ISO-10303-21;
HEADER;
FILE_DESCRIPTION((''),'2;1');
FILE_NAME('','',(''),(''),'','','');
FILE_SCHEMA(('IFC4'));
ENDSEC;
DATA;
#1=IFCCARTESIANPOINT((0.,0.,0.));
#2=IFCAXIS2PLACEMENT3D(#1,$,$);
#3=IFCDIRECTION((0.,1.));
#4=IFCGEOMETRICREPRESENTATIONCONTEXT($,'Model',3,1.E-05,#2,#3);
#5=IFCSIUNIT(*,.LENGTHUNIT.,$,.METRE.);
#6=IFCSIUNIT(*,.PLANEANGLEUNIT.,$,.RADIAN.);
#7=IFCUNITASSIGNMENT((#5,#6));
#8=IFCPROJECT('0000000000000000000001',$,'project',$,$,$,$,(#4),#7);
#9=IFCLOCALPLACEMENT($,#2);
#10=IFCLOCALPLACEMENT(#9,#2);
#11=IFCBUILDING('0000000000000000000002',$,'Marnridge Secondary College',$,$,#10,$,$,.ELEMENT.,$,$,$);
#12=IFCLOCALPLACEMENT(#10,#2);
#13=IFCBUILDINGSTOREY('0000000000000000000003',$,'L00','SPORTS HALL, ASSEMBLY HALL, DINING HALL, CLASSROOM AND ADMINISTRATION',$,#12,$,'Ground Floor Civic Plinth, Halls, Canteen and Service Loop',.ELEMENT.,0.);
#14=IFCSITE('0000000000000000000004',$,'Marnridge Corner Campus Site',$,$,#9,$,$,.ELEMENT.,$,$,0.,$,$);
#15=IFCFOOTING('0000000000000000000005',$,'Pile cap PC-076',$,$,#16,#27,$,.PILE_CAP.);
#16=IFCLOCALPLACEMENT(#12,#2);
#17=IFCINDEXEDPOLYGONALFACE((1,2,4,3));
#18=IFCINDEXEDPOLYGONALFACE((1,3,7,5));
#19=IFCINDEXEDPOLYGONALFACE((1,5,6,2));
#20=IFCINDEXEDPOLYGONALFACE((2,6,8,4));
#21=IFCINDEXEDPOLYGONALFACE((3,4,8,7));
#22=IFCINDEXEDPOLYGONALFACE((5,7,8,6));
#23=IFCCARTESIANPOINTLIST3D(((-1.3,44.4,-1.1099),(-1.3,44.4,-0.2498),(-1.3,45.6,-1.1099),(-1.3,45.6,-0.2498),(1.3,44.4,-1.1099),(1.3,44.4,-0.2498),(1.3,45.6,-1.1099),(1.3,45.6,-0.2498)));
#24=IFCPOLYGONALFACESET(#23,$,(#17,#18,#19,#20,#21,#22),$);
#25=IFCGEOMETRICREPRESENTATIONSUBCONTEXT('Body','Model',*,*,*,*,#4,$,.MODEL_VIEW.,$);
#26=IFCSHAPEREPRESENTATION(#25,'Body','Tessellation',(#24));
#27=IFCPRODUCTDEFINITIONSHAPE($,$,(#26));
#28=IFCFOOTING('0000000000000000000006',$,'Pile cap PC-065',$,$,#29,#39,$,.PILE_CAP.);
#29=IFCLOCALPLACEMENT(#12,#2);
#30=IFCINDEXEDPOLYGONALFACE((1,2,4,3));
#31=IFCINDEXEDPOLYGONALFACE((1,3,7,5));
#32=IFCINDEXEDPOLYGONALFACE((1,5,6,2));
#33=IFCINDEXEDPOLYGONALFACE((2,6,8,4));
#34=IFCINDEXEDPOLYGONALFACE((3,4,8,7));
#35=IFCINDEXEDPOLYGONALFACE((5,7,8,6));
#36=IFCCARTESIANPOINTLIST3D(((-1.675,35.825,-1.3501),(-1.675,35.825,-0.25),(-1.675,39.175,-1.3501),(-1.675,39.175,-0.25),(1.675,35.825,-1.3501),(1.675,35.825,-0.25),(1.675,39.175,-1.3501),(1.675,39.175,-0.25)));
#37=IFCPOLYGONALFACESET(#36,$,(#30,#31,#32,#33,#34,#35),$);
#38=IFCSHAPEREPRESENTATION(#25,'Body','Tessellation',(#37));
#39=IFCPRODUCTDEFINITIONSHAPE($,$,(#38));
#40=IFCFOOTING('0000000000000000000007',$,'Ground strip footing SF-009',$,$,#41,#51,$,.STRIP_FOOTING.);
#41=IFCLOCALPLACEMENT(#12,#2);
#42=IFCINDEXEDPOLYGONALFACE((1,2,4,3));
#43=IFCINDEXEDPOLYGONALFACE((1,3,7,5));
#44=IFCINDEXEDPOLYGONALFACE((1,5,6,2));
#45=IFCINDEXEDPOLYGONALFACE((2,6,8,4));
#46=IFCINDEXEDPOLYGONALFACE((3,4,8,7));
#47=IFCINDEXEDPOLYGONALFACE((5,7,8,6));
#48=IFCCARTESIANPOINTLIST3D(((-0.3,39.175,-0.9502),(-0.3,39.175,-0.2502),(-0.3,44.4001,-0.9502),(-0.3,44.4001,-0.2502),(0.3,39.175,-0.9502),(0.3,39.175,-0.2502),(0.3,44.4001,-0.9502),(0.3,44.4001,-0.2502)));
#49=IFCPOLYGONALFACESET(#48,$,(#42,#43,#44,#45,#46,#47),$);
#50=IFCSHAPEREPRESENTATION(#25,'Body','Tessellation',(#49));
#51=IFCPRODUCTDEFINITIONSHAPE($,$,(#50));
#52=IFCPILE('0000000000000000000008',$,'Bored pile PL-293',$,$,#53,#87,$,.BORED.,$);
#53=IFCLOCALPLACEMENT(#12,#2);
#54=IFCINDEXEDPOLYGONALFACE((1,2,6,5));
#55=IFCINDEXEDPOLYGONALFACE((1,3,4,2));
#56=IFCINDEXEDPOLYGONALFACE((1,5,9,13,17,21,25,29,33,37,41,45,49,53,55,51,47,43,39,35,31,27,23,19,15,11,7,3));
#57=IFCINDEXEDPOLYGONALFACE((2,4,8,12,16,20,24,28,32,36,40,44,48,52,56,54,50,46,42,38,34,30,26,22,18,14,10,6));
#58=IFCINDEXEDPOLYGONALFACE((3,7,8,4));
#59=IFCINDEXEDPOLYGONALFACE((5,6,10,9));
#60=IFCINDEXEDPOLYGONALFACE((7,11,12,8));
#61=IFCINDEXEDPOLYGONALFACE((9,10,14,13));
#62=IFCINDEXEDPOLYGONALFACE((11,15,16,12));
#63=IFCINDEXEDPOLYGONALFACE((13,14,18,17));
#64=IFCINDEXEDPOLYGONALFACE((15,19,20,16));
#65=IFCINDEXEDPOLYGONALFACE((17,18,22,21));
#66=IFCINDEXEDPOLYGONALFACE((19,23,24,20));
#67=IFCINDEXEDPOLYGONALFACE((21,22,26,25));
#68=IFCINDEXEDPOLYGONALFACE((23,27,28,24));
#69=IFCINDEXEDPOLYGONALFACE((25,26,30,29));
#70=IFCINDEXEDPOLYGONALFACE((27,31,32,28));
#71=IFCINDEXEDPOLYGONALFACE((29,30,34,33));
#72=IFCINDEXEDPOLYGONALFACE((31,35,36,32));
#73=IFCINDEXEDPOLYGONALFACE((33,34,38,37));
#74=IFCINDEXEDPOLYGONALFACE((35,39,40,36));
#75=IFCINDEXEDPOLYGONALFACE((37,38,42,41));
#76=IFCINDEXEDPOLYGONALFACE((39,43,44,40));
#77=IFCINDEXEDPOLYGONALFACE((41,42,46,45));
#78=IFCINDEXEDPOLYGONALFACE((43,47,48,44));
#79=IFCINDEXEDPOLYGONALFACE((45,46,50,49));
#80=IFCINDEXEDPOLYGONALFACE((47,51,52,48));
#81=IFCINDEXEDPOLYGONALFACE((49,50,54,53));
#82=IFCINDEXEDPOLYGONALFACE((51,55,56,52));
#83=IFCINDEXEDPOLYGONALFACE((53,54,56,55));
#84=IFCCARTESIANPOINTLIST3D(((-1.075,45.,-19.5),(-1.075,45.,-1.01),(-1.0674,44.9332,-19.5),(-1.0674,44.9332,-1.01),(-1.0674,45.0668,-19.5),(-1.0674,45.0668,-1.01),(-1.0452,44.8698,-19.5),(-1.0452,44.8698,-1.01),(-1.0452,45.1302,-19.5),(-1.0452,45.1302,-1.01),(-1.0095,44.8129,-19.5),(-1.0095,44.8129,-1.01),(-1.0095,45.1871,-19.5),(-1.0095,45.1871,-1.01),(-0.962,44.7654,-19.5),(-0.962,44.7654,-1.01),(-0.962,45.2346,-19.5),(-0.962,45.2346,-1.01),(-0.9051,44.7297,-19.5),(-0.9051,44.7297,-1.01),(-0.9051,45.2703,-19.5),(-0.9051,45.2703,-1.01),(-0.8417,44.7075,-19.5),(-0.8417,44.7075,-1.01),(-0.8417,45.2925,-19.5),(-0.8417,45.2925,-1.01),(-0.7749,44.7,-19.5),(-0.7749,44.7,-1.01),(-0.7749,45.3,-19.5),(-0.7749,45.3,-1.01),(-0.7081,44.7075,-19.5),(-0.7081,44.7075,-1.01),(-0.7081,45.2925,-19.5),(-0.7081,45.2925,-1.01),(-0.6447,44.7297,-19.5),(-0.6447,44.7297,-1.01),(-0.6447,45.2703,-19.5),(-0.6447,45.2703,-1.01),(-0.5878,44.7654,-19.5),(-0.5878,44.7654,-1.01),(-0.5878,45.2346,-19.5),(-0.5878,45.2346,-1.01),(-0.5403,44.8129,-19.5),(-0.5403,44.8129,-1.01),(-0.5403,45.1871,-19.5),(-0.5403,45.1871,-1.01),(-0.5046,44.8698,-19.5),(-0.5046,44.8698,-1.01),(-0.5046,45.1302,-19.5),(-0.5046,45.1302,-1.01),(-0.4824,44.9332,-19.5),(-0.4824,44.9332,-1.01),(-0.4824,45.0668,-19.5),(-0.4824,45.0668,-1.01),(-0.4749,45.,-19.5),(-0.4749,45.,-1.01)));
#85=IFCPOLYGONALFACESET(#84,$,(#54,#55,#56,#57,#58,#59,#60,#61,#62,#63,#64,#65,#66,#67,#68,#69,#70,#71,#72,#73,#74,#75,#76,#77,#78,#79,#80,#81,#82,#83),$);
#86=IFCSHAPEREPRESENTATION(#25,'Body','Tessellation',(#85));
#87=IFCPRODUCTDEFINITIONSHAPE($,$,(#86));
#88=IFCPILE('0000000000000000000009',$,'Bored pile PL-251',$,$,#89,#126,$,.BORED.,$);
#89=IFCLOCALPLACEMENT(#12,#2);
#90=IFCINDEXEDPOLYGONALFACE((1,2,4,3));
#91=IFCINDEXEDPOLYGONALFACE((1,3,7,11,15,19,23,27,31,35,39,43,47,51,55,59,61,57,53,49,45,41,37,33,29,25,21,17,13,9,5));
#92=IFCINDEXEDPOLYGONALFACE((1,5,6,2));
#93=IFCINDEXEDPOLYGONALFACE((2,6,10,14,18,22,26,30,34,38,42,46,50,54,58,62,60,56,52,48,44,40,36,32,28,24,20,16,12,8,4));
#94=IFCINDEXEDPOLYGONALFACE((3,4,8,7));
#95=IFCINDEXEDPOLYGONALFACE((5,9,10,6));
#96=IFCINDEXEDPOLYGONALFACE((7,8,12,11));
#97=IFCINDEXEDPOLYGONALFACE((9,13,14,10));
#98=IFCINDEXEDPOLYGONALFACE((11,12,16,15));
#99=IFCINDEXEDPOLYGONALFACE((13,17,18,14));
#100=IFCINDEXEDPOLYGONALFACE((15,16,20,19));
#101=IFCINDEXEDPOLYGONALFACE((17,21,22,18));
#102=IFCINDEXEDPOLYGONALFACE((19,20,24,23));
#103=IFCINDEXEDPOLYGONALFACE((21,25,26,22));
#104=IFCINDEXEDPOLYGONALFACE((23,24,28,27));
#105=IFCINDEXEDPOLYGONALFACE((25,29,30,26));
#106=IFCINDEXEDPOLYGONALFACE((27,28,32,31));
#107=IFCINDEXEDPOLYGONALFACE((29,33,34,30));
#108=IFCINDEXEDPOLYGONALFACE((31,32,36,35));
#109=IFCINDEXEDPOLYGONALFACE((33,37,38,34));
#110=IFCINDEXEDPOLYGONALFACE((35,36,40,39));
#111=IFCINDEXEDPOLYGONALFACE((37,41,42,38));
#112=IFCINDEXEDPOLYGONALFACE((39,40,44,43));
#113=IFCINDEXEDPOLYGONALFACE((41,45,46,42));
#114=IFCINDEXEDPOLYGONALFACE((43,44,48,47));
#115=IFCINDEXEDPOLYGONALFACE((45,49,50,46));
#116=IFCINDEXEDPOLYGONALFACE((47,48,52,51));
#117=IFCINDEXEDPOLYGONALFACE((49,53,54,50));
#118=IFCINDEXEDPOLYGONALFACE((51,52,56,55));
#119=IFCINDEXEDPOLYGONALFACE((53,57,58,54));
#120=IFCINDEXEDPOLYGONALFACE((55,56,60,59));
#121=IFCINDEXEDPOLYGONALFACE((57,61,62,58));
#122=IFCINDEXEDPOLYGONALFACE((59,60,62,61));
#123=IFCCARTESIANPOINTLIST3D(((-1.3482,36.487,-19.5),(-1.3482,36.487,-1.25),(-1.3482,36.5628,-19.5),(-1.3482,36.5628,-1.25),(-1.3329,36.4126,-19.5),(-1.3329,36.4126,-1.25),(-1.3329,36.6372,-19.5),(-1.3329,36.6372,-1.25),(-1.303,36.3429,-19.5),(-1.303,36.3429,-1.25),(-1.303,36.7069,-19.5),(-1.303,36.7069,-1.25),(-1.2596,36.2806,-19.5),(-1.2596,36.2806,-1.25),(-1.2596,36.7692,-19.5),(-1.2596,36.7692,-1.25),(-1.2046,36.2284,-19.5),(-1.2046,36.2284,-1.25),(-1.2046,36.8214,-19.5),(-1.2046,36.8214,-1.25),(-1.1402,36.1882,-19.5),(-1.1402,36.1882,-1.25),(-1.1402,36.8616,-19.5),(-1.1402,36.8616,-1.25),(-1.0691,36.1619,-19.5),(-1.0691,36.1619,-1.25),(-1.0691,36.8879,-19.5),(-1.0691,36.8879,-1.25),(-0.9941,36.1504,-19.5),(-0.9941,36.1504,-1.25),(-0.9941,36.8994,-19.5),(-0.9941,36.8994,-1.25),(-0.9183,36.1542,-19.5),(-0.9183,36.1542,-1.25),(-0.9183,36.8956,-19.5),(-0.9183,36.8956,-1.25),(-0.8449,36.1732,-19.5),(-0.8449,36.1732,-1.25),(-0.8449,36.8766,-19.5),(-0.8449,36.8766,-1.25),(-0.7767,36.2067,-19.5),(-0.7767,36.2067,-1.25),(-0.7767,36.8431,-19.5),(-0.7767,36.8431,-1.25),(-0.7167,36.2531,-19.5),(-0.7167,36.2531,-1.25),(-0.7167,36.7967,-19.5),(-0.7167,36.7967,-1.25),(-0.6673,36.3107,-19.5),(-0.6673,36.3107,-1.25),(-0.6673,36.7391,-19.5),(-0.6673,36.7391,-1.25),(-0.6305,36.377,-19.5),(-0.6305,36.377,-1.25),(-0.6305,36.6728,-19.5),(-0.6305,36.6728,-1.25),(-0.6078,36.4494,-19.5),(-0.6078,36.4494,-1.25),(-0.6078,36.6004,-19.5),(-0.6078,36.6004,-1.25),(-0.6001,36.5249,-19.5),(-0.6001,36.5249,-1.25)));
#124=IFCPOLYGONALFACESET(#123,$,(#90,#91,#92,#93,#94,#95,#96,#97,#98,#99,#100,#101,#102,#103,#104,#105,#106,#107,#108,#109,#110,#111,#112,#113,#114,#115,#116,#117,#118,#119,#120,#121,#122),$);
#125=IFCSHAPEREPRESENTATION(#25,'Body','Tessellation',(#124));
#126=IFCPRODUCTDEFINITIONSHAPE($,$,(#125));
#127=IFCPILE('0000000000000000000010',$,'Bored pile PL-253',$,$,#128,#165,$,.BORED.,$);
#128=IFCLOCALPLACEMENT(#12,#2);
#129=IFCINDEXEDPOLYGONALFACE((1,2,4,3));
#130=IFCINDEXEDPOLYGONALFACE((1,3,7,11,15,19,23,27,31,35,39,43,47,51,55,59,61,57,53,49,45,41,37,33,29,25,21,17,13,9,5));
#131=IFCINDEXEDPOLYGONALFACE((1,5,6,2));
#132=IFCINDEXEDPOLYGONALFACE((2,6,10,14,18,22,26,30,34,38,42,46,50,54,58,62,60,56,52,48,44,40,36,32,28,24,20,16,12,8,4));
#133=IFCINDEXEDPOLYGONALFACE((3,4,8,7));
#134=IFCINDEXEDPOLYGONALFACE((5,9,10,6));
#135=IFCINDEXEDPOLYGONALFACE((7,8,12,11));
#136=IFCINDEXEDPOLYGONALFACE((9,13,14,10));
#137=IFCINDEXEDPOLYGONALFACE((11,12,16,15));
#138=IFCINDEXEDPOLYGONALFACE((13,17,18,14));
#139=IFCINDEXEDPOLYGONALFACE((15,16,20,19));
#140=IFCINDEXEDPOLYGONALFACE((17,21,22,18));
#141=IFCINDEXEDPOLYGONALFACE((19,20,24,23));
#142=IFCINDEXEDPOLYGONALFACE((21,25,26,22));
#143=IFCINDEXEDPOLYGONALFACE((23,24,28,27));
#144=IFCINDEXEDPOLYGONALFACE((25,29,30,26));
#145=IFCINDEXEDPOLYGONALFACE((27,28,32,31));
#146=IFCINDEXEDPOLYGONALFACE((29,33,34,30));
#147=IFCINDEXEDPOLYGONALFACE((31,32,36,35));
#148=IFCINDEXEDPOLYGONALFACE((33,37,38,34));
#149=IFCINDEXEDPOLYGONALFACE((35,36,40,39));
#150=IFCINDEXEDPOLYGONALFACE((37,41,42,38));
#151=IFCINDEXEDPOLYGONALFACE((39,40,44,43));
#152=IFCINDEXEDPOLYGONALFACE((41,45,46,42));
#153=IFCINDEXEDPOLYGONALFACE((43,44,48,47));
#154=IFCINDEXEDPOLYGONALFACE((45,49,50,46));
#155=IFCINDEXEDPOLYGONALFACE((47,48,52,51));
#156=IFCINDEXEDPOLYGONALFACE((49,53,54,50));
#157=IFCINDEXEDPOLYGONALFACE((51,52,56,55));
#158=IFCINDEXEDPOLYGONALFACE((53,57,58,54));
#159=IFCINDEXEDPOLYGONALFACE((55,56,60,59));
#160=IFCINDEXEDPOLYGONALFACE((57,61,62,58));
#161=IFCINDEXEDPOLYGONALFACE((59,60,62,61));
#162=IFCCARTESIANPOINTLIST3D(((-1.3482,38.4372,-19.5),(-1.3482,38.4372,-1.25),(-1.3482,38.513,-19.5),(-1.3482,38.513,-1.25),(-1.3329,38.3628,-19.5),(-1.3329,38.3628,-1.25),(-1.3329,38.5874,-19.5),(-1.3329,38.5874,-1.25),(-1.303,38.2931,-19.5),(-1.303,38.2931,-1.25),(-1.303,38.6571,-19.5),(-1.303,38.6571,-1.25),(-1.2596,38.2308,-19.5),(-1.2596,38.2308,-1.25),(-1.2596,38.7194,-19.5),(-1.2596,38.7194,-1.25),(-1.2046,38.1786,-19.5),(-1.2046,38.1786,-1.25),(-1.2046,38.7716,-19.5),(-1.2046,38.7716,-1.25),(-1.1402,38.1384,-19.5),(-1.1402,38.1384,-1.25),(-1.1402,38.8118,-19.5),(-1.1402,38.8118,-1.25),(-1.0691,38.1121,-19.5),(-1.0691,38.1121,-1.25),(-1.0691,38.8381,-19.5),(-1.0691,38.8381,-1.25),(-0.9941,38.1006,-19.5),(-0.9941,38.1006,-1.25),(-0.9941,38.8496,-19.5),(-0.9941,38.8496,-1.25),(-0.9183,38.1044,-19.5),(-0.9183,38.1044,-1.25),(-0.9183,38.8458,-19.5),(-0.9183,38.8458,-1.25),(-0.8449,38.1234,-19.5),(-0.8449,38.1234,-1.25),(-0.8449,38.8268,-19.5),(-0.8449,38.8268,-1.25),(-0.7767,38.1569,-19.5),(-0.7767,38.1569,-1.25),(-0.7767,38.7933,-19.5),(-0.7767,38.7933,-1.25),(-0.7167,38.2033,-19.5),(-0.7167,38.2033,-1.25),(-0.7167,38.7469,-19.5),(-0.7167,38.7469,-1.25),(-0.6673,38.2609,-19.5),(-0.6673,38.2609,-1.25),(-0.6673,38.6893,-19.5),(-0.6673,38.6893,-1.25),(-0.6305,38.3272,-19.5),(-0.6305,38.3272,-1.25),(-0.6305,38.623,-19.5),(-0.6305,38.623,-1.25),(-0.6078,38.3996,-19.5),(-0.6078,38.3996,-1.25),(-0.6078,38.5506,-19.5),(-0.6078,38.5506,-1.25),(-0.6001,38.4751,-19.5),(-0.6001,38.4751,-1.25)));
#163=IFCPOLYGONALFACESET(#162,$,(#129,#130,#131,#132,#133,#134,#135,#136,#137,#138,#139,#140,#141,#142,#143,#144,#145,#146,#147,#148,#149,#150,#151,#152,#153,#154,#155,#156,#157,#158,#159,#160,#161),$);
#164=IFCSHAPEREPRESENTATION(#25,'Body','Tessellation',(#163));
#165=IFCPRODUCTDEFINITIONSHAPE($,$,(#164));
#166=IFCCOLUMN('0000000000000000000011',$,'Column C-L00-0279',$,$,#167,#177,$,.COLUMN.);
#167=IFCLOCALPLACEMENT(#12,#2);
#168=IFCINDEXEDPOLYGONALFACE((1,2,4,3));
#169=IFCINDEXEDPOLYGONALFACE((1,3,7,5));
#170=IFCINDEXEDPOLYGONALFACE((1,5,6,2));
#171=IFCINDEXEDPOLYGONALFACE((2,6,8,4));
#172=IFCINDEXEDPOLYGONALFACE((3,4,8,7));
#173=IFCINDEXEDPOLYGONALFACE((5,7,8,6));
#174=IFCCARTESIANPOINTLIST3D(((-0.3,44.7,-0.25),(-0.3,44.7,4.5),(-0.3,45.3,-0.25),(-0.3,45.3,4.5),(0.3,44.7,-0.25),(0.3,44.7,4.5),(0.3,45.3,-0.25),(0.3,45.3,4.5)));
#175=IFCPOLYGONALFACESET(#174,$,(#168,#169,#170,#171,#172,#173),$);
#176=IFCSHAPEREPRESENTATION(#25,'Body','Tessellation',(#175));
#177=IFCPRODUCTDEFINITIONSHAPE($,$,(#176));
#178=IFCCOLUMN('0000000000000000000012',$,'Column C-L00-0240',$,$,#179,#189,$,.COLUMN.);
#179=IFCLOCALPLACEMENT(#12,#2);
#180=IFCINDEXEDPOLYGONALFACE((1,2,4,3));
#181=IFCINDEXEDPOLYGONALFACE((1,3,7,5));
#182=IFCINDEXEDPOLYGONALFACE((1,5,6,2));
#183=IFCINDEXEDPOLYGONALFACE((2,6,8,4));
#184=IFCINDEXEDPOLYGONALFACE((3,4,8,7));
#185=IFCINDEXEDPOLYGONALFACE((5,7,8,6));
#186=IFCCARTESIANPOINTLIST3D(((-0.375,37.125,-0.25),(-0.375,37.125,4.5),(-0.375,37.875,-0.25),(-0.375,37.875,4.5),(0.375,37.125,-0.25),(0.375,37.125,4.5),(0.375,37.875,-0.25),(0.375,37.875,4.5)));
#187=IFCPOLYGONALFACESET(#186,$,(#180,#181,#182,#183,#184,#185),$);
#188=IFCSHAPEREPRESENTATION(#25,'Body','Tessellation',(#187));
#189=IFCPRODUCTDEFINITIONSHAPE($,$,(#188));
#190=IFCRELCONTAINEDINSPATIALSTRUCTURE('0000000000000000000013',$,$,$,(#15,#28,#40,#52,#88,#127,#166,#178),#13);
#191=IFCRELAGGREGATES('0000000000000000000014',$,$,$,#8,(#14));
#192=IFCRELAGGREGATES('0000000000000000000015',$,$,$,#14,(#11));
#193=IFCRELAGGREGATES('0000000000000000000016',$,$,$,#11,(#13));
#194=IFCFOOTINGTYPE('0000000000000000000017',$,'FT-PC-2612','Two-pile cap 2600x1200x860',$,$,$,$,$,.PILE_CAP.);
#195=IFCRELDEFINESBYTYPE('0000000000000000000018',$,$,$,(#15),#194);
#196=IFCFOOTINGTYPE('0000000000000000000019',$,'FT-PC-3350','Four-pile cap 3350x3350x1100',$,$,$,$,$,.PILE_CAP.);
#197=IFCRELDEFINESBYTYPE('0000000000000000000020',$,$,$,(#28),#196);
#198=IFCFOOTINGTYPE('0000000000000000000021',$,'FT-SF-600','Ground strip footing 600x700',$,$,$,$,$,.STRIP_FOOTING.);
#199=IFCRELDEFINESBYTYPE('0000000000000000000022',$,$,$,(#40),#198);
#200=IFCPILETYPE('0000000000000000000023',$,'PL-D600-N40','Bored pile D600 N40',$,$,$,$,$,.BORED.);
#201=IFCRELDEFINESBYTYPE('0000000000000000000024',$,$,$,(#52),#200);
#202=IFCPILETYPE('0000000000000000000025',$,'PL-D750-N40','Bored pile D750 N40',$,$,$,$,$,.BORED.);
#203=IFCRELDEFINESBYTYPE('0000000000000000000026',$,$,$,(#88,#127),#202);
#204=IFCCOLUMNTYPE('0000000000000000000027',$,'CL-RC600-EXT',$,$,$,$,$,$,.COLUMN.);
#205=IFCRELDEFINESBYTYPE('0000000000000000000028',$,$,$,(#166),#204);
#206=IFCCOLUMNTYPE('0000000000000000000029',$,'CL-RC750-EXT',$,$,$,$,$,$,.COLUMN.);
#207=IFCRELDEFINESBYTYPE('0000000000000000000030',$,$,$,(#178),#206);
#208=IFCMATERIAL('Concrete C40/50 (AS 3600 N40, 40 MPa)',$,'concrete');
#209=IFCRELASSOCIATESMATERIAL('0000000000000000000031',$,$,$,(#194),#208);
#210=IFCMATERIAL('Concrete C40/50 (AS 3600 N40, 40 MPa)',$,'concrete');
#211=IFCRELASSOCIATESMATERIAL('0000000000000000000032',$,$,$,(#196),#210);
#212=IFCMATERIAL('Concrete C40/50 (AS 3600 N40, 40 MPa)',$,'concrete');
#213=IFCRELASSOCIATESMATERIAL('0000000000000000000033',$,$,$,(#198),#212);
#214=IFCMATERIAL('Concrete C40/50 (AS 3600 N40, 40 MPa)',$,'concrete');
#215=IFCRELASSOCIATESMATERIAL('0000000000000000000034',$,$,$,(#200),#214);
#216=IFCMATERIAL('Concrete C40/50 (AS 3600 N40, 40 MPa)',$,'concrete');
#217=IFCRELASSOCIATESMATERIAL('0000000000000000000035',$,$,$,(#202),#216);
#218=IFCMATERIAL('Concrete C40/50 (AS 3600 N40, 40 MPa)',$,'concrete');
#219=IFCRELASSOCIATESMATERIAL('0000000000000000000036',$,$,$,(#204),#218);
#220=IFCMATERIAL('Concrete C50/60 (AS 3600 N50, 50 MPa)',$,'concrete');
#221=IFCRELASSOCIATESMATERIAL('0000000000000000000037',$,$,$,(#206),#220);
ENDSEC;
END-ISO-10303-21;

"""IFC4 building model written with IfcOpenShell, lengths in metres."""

from ifc_helpers import new_model, si_unit, direction, frame, origin, origin_2d, place, context, subcontext, project, spatial, rectangle, circle, extrude, material, material_profile, profile_set, type_object, element, save


model = new_model("IFC4")

# Units and contexts
model_context = context("Model", 3, precision=1e-05, world=origin(), true_north=direction((0.0, 1.0)))
body_context = subcontext(model_context, "Body", "Model", "MODEL_VIEW")
ifc_project = project(units=[si_unit("LENGTHUNIT", "METRE"), si_unit("PLANEANGLEUNIT", "RADIAN")], contexts=[model_context])

# Site, building, storey
site_placement = place(None, origin())
site = spatial("IfcSite", under=ifc_project, at=site_placement, Name="Marnridge Corner Campus Site", CompositionType="ELEMENT", RefElevation=0.0)
building_placement = place(site_placement, origin())
building = spatial("IfcBuilding", under=site, at=building_placement, Name="Marnridge Secondary College", CompositionType="ELEMENT")
storey_placement = place(building_placement, origin())
storey = spatial("IfcBuildingStorey", under=building, at=storey_placement, Name="L00", Description="SPORTS HALL, ASSEMBLY HALL, DINING HALL, CLASSROOM AND ADMINISTRATION", LongName="Ground Floor Civic Plinth, Halls, Canteen and Service Loop", CompositionType="ELEMENT", Elevation=0.0)

# Footings
ifc_material_1 = material(Name="Concrete C40/50 (AS 3600 N40, 40 MPa)", Category="concrete")
footing_type_1 = type_object("IfcFootingType", Name="FT-PC-2612", Description="Two-pile cap 2600x1200x860", PredefinedType="PILE_CAP", material=ifc_material_1)
footing_1_placement = place(storey_placement, frame((0.0, 45.0, -1.1099), z_axis=(0.0, 0.0, 1.0), x_axis=(1.0, 0.0, 0.0)))
element("IfcFooting", 1, at=footing_1_placement, inside=storey, type_object=footing_type_1, Name="Pile cap PC-076", PredefinedType="PILE_CAP", context=body_context, shape_type="SweptSolid", body=[
    extrude(rectangle(XDim=2.6001, YDim=1.2, at=origin_2d()), origin(), (0.0, 0.0, 1.0), 0.8601),
])
ifc_material_2 = material(Name="Concrete C40/50 (AS 3600 N40, 40 MPa)", Category="concrete")
footing_type_2 = type_object("IfcFootingType", Name="FT-PC-3350", Description="Four-pile cap 3350x3350x1100", PredefinedType="PILE_CAP", material=ifc_material_2)
footing_2_placement = place(storey_placement, frame((0.0, 37.5, -1.3501), z_axis=(0.0, 0.0, 1.0), x_axis=(1.0, 0.0, 0.0)))
element("IfcFooting", 2, at=footing_2_placement, inside=storey, type_object=footing_type_2, Name="Pile cap PC-065", PredefinedType="PILE_CAP", context=body_context, shape_type="SweptSolid", body=[
    extrude(rectangle(XDim=3.3501, YDim=3.3501, at=origin_2d()), origin(), (0.0, 0.0, 1.0), 1.1001),
])
ifc_material_3 = material(Name="Concrete C40/50 (AS 3600 N40, 40 MPa)", Category="concrete")
footing_type_3 = type_object("IfcFootingType", Name="FT-SF-600", Description="Ground strip footing 600x700", PredefinedType="STRIP_FOOTING", material=ifc_material_3)
footing_3_placement = place(storey_placement, frame((0.0, 41.7876, -0.9502), z_axis=(0.0, 0.0, 1.0), x_axis=(1.0, 0.0, 0.0)))
element("IfcFooting", 3, at=footing_3_placement, inside=storey, type_object=footing_type_3, Name="Ground strip footing SF-009", PredefinedType="STRIP_FOOTING", context=body_context, shape_type="SweptSolid", body=[
    extrude(rectangle(XDim=0.6001, YDim=5.2251, at=origin_2d()), origin(), (0.0, 0.0, 1.0), 0.7),
])

# Piles
ifc_material_4 = material(Name="Concrete C40/50 (AS 3600 N40, 40 MPa)", Category="concrete")
ifc_material_profile_1 = material_profile(ifc_material_4, circle(Radius=0.3, at=origin_2d()), Name="PILE D600")
ifc_profile_set_1 = profile_set([ifc_material_profile_1], Name="Concrete C40/50 (AS 3600 N40, 40 MPa)")
pile_type_1 = type_object("IfcPileType", Name="PL-D600-N40", Description="Bored pile D600 N40", PredefinedType="BORED", material=ifc_profile_set_1)
pile_placement = place(storey_placement, frame((-0.7749, 45.0, -1.01), z_axis=(0.0, 0.0, -1.0), x_axis=(1.0, 0.0, 0.0)))
element("IfcPile", 4, at=pile_placement, inside=storey, type_object=pile_type_1, Name="Bored pile PL-293", PredefinedType="BORED", context=body_context, shape_type="SweptSolid", body=[
    extrude(circle(Radius=0.3, at=origin_2d()), origin(), (0.0, 0.0, 1.0), 18.49),
])
ifc_material_5 = material(Name="Concrete C40/50 (AS 3600 N40, 40 MPa)", Category="concrete")
ifc_material_profile_2 = material_profile(ifc_material_5, circle(Radius=0.375, at=origin_2d()), Name="PILE D750")
ifc_profile_set_2 = profile_set([ifc_material_profile_2], Name="Concrete C40/50 (AS 3600 N40, 40 MPa)")
pile_type_2 = type_object("IfcPileType", Name="PL-D750-N40", Description="Bored pile D750 N40", PredefinedType="BORED", material=ifc_profile_set_2)
for number, where, z_axis, x_axis, name in (
    (5, (-0.9751, 36.5249, -1.25), (0.0, 0.0, -1.0), (1.0, 0.0, 0.0), "Bored pile PL-251"),
    (6, (-0.9751, 38.4751, -1.25), (0.0, 0.0, -1.0), (1.0, 0.0, 0.0), "Bored pile PL-253"),
):
    element("IfcPile", number, at=place(storey_placement, frame(where, z_axis=z_axis, x_axis=x_axis)), inside=storey, type_object=pile_type_2, Name=name, PredefinedType="BORED", context=body_context, shape_type="SweptSolid", body=[
        extrude(circle(Radius=0.375, at=origin_2d()), origin(), (0.0, 0.0, 1.0), 18.25),
    ])

# Columns
ifc_material_6 = material(Name="Concrete C40/50 (AS 3600 N40, 40 MPa)", Category="concrete")
ifc_material_profile_3 = material_profile(ifc_material_6, rectangle(XDim=0.6001, YDim=0.6001, at=origin_2d()), Name="RC 600x600")
ifc_profile_set_3 = profile_set([ifc_material_profile_3], Name="Concrete C40/50 (AS 3600 N40, 40 MPa)")
column_type_1 = type_object("IfcColumnType", Name="CL-RC600-EXT", PredefinedType="COLUMN", material=ifc_profile_set_3)
column_1_placement = place(storey_placement, frame((0.0, 45.0, -0.25), z_axis=(0.0, 0.0, 1.0), x_axis=(1.0, 0.0, 0.0)))
element("IfcColumn", 7, at=column_1_placement, inside=storey, type_object=column_type_1, Name="Column C-L00-0279", PredefinedType="COLUMN", context=body_context, shape_type="SweptSolid", body=[
    extrude(rectangle(XDim=0.6001, YDim=0.6001, at=origin_2d()), origin(), (0.0, 0.0, 1.0), 4.75),
])
ifc_material_7 = material(Name="Concrete C50/60 (AS 3600 N50, 50 MPa)", Category="concrete")
ifc_material_profile_4 = material_profile(ifc_material_7, rectangle(XDim=0.75, YDim=0.75, at=origin_2d()), Name="RC 750x750")
ifc_profile_set_4 = profile_set([ifc_material_profile_4], Name="Concrete C50/60 (AS 3600 N50, 50 MPa)")
column_type_2 = type_object("IfcColumnType", Name="CL-RC750-EXT", PredefinedType="COLUMN", material=ifc_profile_set_4)
column_2_placement = place(storey_placement, frame((0.0, 37.5, -0.25), z_axis=(0.0, 0.0, 1.0), x_axis=(1.0, 0.0, 0.0)))
element("IfcColumn", 8, at=column_2_placement, inside=storey, type_object=column_type_2, Name="Column C-L00-0240", PredefinedType="COLUMN", context=body_context, shape_type="SweptSolid", body=[
    extrude(rectangle(XDim=0.75, YDim=0.75, at=origin_2d()), origin(), (0.0, 0.0, 1.0), 4.75),
])

save(model, "model.ifc")
